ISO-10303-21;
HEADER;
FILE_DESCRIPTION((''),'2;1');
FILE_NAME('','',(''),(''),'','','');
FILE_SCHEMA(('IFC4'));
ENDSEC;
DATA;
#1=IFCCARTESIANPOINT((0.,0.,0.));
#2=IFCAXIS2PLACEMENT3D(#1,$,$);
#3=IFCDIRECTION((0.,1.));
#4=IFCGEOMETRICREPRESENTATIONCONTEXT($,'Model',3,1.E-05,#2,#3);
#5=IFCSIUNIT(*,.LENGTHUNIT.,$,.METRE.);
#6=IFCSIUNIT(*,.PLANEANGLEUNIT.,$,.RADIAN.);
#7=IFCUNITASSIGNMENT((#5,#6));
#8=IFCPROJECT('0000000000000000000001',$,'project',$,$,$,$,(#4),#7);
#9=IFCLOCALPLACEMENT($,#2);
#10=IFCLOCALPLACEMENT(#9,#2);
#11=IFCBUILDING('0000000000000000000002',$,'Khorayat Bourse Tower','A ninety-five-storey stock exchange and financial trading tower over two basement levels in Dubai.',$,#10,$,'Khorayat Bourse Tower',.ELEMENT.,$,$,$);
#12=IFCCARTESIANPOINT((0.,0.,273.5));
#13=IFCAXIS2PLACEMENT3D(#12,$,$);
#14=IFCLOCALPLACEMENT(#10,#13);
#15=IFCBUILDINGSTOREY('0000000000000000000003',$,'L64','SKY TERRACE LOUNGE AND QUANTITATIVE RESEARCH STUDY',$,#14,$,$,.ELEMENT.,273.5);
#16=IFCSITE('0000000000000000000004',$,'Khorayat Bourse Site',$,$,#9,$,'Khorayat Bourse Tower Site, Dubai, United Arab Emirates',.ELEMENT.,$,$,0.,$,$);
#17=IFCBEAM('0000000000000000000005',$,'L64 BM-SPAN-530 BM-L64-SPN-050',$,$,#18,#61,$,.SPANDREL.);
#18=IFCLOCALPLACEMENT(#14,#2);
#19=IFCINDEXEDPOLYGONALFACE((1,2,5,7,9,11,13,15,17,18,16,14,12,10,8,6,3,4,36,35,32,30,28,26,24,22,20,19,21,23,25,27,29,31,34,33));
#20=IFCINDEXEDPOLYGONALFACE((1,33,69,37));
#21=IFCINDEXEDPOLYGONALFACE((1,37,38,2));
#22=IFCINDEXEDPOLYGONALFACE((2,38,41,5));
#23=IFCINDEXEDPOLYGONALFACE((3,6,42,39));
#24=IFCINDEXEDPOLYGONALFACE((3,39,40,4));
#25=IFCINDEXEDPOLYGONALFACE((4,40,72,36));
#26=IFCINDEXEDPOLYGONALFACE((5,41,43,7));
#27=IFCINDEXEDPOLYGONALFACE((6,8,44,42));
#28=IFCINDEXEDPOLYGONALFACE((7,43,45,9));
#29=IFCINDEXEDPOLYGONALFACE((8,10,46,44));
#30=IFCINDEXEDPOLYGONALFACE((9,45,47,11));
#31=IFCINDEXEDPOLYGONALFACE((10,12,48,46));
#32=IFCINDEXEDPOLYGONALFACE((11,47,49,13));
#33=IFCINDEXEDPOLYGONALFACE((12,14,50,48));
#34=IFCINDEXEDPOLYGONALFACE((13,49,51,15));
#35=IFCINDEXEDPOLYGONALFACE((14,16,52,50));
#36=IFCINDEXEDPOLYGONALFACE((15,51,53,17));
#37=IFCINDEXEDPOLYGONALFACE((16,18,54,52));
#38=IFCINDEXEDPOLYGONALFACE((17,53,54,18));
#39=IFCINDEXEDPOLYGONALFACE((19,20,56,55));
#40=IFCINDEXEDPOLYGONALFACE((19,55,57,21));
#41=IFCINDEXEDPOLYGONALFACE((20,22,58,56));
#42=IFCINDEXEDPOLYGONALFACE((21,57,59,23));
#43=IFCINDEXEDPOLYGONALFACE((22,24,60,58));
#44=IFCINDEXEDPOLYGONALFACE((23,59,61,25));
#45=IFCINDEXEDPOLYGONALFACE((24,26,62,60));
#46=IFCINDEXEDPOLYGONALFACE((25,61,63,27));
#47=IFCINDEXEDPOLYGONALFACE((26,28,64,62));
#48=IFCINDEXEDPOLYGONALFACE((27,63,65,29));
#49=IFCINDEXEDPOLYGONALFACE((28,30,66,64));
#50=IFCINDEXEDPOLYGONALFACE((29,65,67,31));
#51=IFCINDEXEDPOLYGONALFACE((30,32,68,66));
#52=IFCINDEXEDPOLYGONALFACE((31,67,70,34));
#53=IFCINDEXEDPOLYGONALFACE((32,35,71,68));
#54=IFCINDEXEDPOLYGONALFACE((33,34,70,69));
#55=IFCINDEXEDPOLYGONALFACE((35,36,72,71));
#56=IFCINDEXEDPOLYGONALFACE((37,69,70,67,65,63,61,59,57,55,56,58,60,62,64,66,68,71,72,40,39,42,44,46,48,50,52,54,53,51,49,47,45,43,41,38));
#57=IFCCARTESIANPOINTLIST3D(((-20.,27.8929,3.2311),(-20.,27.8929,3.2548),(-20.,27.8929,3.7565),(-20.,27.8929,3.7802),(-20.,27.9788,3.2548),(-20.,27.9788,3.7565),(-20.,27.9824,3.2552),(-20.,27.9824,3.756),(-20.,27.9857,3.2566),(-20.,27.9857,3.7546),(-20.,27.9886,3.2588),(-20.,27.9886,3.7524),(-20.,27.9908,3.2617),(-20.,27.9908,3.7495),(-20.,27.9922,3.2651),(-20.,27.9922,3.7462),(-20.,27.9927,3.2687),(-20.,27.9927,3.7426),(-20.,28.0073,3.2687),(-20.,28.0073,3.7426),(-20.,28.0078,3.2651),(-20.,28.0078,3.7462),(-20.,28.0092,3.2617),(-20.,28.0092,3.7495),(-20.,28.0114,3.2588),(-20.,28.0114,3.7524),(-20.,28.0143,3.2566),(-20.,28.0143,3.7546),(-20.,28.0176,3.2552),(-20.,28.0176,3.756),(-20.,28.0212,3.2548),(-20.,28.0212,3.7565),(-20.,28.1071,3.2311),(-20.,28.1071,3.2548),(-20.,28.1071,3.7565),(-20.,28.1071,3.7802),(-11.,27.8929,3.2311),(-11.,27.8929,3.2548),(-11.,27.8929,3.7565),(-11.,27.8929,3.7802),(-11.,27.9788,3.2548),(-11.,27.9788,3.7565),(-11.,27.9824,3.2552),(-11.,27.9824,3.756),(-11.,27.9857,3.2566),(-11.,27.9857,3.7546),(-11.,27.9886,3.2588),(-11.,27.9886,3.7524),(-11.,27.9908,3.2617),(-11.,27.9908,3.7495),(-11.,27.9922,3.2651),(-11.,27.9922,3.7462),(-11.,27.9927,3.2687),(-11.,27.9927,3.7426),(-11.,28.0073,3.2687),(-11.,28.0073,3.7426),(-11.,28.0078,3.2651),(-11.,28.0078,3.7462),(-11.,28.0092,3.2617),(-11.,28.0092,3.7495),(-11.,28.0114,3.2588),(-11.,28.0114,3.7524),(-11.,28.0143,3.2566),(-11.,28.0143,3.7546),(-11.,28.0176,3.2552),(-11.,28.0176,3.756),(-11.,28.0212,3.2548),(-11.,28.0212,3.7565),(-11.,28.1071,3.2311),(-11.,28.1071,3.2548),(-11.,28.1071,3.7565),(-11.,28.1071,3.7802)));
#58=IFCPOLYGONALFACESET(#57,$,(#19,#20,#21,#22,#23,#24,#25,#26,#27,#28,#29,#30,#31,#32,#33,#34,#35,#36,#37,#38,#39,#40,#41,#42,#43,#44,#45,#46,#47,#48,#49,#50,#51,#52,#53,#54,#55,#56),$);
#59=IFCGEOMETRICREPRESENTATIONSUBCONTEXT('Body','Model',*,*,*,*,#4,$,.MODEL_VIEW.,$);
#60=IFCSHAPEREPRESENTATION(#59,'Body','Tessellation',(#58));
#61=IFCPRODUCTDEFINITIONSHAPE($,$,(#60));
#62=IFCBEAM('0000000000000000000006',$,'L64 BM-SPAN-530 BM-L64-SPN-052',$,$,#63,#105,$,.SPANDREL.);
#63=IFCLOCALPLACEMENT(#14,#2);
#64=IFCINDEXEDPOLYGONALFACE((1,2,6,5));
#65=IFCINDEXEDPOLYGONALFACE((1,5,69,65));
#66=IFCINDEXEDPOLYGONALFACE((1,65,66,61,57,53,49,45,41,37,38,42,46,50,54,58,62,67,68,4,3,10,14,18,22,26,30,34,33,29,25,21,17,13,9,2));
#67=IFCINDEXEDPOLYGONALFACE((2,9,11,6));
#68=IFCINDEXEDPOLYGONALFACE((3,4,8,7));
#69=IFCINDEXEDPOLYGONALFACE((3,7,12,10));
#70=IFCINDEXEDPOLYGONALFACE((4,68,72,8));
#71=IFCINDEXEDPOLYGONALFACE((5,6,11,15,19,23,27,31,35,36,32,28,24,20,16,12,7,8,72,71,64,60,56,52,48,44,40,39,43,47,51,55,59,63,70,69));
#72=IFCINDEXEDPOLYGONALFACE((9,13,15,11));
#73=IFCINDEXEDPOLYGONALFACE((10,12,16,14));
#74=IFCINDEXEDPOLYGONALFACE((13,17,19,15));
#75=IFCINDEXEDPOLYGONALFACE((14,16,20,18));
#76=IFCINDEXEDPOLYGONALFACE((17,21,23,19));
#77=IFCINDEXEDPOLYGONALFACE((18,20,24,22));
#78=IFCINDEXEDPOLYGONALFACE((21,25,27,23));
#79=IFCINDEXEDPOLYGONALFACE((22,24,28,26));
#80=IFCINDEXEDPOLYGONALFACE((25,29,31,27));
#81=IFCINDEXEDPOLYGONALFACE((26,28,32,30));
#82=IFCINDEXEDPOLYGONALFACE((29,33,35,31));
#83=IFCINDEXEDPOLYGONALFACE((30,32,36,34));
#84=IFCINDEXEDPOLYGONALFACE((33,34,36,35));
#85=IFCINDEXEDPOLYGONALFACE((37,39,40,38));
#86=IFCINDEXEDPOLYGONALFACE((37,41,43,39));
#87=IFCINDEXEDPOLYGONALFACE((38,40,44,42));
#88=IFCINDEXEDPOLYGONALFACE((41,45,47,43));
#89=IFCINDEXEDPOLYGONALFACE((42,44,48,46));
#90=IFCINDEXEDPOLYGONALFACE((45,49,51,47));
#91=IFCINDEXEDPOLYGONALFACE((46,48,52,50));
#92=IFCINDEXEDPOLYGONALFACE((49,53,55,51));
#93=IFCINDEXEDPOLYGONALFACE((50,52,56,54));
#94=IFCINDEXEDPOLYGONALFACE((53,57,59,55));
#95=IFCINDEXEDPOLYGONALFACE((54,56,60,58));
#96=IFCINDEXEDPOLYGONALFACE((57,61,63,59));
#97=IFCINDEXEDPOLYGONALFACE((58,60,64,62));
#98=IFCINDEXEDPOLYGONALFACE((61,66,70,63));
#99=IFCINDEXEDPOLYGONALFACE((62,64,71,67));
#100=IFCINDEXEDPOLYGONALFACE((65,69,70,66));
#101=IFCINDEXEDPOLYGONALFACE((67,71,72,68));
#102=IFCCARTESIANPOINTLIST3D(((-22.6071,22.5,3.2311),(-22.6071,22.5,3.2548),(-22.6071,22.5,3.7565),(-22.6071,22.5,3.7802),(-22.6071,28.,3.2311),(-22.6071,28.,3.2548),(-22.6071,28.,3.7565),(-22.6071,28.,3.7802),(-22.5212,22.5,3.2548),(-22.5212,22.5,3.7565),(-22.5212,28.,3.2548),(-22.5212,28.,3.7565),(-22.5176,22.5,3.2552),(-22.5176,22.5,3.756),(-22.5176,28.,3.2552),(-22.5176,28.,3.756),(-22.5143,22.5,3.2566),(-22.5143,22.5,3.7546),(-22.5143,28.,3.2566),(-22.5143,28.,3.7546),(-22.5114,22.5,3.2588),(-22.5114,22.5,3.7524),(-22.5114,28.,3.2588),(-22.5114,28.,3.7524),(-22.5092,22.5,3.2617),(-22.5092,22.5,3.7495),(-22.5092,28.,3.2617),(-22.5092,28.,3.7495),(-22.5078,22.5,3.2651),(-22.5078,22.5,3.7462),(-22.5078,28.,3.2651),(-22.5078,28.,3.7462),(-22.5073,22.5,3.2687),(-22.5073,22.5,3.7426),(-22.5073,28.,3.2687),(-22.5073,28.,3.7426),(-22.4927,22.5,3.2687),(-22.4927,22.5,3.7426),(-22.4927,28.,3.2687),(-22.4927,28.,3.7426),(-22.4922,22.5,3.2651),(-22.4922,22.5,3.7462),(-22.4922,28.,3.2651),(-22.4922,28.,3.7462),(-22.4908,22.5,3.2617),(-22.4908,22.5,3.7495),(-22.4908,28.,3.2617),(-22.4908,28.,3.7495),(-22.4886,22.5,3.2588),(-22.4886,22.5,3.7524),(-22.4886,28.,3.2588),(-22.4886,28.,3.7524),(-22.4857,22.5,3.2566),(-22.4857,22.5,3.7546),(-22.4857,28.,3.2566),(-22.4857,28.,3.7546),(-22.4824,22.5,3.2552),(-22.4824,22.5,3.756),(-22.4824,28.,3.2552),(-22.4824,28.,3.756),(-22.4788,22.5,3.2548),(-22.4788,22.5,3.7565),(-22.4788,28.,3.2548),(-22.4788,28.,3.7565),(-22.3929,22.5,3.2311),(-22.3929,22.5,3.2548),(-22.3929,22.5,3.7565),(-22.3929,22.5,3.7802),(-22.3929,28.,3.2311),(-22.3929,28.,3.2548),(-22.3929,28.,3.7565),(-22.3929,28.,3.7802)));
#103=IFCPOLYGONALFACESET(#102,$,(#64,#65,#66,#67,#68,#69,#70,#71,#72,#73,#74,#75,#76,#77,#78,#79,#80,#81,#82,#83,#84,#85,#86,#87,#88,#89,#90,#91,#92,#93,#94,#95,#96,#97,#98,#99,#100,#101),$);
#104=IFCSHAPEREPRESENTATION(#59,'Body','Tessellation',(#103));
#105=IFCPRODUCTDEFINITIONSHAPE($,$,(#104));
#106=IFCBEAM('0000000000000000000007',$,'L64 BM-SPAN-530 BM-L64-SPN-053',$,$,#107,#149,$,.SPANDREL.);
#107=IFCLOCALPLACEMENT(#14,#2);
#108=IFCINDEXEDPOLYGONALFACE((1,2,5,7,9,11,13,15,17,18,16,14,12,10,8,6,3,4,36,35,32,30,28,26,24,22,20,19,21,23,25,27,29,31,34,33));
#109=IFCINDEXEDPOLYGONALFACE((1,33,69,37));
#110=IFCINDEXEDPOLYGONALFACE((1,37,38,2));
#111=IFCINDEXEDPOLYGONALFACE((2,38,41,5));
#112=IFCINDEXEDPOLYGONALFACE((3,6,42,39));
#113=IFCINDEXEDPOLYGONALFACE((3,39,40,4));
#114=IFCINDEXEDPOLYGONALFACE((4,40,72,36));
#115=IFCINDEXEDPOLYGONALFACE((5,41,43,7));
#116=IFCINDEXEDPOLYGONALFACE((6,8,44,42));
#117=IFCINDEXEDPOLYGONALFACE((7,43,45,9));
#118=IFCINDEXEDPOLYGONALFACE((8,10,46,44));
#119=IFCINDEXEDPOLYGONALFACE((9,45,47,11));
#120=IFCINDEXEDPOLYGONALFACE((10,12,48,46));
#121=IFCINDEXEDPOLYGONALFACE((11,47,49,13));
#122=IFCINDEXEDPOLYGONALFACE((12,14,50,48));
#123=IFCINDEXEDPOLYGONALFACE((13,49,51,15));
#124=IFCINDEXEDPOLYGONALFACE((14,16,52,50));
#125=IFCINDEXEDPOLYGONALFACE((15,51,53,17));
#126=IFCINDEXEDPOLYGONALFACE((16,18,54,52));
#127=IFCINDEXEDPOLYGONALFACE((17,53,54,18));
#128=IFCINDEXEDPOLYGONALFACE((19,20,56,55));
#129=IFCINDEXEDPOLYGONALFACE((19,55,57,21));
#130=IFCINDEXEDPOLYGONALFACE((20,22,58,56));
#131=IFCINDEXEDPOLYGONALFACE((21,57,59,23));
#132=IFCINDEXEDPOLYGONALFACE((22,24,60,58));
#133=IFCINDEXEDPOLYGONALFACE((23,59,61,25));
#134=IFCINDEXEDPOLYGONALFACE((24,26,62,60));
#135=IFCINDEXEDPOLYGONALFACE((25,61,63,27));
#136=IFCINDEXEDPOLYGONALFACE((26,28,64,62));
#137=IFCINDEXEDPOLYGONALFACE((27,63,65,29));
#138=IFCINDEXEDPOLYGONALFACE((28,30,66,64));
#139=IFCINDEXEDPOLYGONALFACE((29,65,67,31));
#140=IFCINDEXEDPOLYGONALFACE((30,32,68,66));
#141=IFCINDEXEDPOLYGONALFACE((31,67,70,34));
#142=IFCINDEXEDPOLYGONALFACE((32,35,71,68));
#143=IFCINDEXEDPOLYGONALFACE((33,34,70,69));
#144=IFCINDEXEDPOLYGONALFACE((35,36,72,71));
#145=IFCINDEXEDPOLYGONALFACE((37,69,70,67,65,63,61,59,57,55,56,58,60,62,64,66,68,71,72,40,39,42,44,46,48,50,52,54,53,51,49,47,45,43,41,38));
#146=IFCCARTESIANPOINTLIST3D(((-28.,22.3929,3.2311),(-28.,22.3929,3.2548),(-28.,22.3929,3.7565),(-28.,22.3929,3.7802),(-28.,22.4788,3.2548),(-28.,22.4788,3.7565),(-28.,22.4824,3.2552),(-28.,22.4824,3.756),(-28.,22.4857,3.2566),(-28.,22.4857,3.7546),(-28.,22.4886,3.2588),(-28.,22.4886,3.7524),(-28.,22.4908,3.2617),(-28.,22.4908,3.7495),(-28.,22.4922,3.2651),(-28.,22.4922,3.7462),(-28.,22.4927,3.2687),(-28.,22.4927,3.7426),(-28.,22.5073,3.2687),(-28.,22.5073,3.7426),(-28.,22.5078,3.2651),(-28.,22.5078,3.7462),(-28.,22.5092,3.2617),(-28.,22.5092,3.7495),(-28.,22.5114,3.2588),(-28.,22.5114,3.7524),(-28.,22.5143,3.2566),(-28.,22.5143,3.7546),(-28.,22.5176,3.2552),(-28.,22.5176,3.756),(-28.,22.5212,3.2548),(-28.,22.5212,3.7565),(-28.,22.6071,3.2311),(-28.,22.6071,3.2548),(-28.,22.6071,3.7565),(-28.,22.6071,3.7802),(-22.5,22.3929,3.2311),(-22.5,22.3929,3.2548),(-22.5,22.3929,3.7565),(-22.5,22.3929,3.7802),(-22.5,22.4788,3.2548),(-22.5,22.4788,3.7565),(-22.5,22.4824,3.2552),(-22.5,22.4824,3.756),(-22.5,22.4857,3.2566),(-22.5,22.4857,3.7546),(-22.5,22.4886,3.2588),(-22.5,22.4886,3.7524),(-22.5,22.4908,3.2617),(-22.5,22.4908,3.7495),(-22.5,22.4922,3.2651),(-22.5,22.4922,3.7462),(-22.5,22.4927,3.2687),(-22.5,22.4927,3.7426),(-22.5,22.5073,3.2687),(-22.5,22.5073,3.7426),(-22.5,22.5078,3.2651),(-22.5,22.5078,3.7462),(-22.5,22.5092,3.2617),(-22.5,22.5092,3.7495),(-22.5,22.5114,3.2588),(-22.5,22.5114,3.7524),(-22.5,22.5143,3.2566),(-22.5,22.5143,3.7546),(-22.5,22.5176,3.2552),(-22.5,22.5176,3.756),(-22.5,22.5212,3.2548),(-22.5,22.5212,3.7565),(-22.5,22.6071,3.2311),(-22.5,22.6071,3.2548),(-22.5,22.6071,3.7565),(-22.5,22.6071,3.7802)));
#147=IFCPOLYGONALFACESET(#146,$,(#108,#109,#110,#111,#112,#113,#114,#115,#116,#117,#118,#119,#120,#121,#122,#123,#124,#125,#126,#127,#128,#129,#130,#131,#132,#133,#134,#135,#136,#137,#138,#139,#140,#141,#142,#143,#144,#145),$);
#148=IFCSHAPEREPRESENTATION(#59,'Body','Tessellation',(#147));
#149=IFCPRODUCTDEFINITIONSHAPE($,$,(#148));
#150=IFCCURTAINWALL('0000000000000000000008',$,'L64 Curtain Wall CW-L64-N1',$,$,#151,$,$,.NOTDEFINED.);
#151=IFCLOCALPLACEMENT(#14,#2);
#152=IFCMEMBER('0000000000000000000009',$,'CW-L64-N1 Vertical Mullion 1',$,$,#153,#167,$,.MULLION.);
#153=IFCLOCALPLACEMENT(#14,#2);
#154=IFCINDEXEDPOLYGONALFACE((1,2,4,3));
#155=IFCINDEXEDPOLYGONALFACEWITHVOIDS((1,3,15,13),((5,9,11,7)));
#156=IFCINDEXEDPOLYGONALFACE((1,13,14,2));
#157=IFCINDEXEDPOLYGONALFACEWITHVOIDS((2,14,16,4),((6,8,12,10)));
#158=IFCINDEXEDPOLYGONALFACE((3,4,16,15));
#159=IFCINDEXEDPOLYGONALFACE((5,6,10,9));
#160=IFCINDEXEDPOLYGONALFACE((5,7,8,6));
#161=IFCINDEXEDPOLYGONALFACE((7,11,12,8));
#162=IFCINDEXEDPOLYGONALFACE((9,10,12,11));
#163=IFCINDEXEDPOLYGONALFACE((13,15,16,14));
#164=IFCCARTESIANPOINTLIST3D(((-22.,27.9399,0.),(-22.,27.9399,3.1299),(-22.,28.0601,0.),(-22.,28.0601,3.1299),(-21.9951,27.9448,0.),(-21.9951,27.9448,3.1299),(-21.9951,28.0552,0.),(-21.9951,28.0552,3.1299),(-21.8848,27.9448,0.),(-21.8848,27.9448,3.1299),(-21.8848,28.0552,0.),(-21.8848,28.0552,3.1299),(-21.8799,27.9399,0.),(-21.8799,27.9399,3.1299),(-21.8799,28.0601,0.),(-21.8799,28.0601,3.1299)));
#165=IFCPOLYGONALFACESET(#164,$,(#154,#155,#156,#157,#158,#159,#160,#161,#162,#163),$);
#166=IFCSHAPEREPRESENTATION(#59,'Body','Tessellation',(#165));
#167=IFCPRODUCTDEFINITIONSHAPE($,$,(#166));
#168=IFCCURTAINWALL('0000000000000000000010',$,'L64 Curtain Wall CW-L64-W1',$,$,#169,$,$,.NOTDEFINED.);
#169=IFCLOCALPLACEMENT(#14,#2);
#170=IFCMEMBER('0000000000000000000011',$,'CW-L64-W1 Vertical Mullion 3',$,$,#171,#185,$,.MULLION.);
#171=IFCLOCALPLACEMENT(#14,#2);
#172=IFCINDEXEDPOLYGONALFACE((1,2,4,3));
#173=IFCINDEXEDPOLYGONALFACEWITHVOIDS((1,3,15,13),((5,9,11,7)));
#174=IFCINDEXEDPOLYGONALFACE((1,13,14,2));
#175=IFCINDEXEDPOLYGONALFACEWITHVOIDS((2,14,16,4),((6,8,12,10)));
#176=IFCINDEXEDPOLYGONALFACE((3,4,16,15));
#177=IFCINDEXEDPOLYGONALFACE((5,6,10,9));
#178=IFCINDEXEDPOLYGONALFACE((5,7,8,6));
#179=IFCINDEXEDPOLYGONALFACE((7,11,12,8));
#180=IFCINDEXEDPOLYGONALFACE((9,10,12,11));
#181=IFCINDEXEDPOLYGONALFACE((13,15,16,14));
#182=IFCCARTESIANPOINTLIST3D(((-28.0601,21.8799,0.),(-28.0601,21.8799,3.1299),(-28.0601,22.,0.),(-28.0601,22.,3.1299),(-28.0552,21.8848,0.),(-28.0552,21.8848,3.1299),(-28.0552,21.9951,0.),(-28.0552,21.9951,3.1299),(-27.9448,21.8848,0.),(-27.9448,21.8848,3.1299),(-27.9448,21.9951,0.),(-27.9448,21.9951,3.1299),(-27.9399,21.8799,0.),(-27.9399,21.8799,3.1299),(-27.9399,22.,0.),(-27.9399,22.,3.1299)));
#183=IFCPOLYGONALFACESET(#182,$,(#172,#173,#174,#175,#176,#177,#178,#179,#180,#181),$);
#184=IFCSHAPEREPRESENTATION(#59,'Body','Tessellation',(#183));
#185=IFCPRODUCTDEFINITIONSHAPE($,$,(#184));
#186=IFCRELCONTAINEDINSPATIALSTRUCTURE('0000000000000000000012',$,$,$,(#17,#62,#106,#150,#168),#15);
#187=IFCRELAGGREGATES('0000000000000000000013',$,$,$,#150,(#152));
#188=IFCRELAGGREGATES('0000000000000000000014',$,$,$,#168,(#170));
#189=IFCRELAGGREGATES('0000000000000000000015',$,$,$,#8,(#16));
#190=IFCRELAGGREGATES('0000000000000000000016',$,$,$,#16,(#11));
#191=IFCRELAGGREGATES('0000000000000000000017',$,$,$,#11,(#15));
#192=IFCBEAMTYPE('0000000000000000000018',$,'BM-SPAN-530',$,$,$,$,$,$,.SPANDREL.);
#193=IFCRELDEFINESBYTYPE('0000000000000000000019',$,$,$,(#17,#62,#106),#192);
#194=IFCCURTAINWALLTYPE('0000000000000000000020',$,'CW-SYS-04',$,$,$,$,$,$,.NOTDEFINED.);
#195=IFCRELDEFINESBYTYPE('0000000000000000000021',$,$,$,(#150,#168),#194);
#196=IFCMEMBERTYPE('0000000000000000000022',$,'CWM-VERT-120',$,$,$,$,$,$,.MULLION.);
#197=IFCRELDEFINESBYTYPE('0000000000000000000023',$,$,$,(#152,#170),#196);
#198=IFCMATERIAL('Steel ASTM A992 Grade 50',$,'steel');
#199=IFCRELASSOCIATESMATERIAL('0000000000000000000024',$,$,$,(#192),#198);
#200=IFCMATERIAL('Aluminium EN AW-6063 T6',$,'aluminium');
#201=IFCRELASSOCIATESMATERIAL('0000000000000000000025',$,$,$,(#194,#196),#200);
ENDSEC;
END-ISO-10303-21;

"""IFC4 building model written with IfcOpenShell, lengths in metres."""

from ifc_helpers import new_model, si_unit, direction, frame, origin, origin_2d, place, context, subcontext, project, spatial, hollow_rectangle, i_section, extrude, source, transform, mapped, material, material_profile, profile_set, type_object, element, aggregate, save


model = new_model("IFC4")

# Units and contexts
model_context = context("Model", 3, precision=1e-05, world=origin(), true_north=direction((0.0, 1.0)))
body_context = subcontext(model_context, "Body", "Model", "MODEL_VIEW")
ifc_project = project(units=[si_unit("LENGTHUNIT", "METRE"), si_unit("PLANEANGLEUNIT", "RADIAN")], contexts=[model_context])

# Site, building, storey
site_placement = place(None, origin())
site = spatial("IfcSite", under=ifc_project, at=site_placement, Name="Khorayat Bourse Site", LongName="Khorayat Bourse Tower Site, Dubai, United Arab Emirates", CompositionType="ELEMENT", RefElevation=0.0)
building_placement = place(site_placement, origin())
building = spatial("IfcBuilding", under=site, at=building_placement, Name="Khorayat Bourse Tower", Description="A ninety-five-storey stock exchange and financial trading tower over two basement levels in Dubai.", LongName="Khorayat Bourse Tower", CompositionType="ELEMENT")
storey_placement = place(building_placement, frame((0.0, 0.0, 273.5)))
storey = spatial("IfcBuildingStorey", under=building, at=storey_placement, Name="L64", Description="SKY TERRACE LOUNGE AND QUANTITATIVE RESEARCH STUDY", CompositionType="ELEMENT", Elevation=273.5)

# Beams
ifc_material_1 = material(Name="Steel ASTM A992 Grade 50", Category="steel")
ifc_material_profile_1 = material_profile(ifc_material_1, i_section(OverallWidth=0.2141, OverallDepth=0.5491, WebThickness=0.0146, FlangeThickness=0.0237, FilletRadius=0.0139, at=origin_2d()), Name="W530X138")
ifc_profile_set_1 = profile_set([ifc_material_profile_1], Name="Steel ASTM A992 Grade 50")
beam_type_1 = type_object("IfcBeamType", Name="BM-SPAN-530", PredefinedType="SPANDREL", material=ifc_profile_set_1)
shared_shape_1 = source(origin(), body_context, "Body", "SweptSolid", [
    extrude(i_section(OverallWidth=0.2141, OverallDepth=0.5491, WebThickness=0.0146, FlangeThickness=0.0237, FilletRadius=0.0139, at=origin_2d()), origin(), (0.0, 0.0, 1.0), 9.0),
])
beam_1_placement = place(storey_placement, frame((-20.0, 28.0, 3.5056), z_axis=(1.0, 0.0, 0.0), x_axis=(0.0, 1.0, 0.0)))
element("IfcBeam", 1, at=beam_1_placement, inside=storey, type_object=beam_type_1, Name="L64 BM-SPAN-530 BM-L64-SPN-050", PredefinedType="SPANDREL", context=body_context, shape_type="MappedRepresentation", body=[
    mapped(shared_shape_1, transform((0.0, 0.0, 0.0), scale=1.0)),
])
shared_shape_2 = source(origin(), body_context, "Body", "SweptSolid", [
    extrude(i_section(OverallWidth=0.2141, OverallDepth=0.5491, WebThickness=0.0146, FlangeThickness=0.0237, FilletRadius=0.0139, at=origin_2d()), origin(), (0.0, 0.0, 1.0), 5.5),
])
for number, where, z_axis, x_axis, name in (
    (2, (-22.5, 22.5, 3.5056), (0.0, 1.0, 0.0), (-1.0, 0.0, 0.0), "L64 BM-SPAN-530 BM-L64-SPN-052"),
    (3, (-28.0, 22.5, 3.5056), (1.0, 0.0, 0.0), (0.0, 1.0, 0.0), "L64 BM-SPAN-530 BM-L64-SPN-053"),
):
    element("IfcBeam", number, at=place(storey_placement, frame(where, z_axis=z_axis, x_axis=x_axis)), inside=storey, type_object=beam_type_1, Name=name, PredefinedType="SPANDREL", context=body_context, shape_type="MappedRepresentation", body=[
        mapped(shared_shape_2, transform((0.0, 0.0, 0.0), scale=1.0)),
    ])

# Curtain walls, members
ifc_material_2 = material(Name="Aluminium EN AW-6063 T6", Category="aluminium")
curtain_wall_type = type_object("IfcCurtainWallType", Name="CW-SYS-04", PredefinedType="NOTDEFINED", material=ifc_material_2)
curtain_wall_1_placement = place(storey_placement, origin())
curtain_wall_1 = element("IfcCurtainWall", 4, at=curtain_wall_1_placement, inside=storey, type_object=curtain_wall_type, Name="L64 Curtain Wall CW-L64-N1", PredefinedType="NOTDEFINED")
ifc_material_profile_2 = material_profile(ifc_material_2, hollow_rectangle(XDim=0.1201, YDim=0.1201, WallThickness=0.0049, at=origin_2d()), Name="ALU 120x120x5")
ifc_profile_set_2 = profile_set([ifc_material_profile_2], Name="Aluminium EN AW-6063 T6")
member_type_1 = type_object("IfcMemberType", Name="CWM-VERT-120", PredefinedType="MULLION", material=ifc_profile_set_2)
shared_shape_3 = source(origin(), body_context, "Body", "SweptSolid", [
    extrude(hollow_rectangle(XDim=0.1201, YDim=0.1201, WallThickness=0.0049, at=origin_2d()), origin(), (0.0, 0.0, 1.0), 3.1299),
])
member_1_placement = place(storey_placement, frame((-21.9399, 28.0, 0.0), z_axis=(0.0, 0.0, 1.0), x_axis=(0.0, 1.0, 0.0)))
member_1 = element("IfcMember", 5, at=member_1_placement, type_object=member_type_1, Name="CW-L64-N1 Vertical Mullion 1", PredefinedType="MULLION", context=body_context, shape_type="MappedRepresentation", body=[
    mapped(shared_shape_3, transform((0.0, 0.0, 0.0), scale=1.0)),
])
curtain_wall_2_placement = place(storey_placement, origin())
curtain_wall_2 = element("IfcCurtainWall", 6, at=curtain_wall_2_placement, inside=storey, type_object=curtain_wall_type, Name="L64 Curtain Wall CW-L64-W1", PredefinedType="NOTDEFINED")
member_2_placement = place(storey_placement, frame((-28.0, 21.9399, 0.0), z_axis=(0.0, 0.0, 1.0), x_axis=(-1.0, 0.0, 0.0)))
member_2 = element("IfcMember", 7, at=member_2_placement, type_object=member_type_1, Name="CW-L64-W1 Vertical Mullion 3", PredefinedType="MULLION", context=body_context, shape_type="MappedRepresentation", body=[
    mapped(shared_shape_3, transform((0.0, 0.0, 0.0), scale=1.0)),
])

aggregate(curtain_wall_1, [member_1])
aggregate(curtain_wall_2, [member_2])

save(model, "model.ifc")
